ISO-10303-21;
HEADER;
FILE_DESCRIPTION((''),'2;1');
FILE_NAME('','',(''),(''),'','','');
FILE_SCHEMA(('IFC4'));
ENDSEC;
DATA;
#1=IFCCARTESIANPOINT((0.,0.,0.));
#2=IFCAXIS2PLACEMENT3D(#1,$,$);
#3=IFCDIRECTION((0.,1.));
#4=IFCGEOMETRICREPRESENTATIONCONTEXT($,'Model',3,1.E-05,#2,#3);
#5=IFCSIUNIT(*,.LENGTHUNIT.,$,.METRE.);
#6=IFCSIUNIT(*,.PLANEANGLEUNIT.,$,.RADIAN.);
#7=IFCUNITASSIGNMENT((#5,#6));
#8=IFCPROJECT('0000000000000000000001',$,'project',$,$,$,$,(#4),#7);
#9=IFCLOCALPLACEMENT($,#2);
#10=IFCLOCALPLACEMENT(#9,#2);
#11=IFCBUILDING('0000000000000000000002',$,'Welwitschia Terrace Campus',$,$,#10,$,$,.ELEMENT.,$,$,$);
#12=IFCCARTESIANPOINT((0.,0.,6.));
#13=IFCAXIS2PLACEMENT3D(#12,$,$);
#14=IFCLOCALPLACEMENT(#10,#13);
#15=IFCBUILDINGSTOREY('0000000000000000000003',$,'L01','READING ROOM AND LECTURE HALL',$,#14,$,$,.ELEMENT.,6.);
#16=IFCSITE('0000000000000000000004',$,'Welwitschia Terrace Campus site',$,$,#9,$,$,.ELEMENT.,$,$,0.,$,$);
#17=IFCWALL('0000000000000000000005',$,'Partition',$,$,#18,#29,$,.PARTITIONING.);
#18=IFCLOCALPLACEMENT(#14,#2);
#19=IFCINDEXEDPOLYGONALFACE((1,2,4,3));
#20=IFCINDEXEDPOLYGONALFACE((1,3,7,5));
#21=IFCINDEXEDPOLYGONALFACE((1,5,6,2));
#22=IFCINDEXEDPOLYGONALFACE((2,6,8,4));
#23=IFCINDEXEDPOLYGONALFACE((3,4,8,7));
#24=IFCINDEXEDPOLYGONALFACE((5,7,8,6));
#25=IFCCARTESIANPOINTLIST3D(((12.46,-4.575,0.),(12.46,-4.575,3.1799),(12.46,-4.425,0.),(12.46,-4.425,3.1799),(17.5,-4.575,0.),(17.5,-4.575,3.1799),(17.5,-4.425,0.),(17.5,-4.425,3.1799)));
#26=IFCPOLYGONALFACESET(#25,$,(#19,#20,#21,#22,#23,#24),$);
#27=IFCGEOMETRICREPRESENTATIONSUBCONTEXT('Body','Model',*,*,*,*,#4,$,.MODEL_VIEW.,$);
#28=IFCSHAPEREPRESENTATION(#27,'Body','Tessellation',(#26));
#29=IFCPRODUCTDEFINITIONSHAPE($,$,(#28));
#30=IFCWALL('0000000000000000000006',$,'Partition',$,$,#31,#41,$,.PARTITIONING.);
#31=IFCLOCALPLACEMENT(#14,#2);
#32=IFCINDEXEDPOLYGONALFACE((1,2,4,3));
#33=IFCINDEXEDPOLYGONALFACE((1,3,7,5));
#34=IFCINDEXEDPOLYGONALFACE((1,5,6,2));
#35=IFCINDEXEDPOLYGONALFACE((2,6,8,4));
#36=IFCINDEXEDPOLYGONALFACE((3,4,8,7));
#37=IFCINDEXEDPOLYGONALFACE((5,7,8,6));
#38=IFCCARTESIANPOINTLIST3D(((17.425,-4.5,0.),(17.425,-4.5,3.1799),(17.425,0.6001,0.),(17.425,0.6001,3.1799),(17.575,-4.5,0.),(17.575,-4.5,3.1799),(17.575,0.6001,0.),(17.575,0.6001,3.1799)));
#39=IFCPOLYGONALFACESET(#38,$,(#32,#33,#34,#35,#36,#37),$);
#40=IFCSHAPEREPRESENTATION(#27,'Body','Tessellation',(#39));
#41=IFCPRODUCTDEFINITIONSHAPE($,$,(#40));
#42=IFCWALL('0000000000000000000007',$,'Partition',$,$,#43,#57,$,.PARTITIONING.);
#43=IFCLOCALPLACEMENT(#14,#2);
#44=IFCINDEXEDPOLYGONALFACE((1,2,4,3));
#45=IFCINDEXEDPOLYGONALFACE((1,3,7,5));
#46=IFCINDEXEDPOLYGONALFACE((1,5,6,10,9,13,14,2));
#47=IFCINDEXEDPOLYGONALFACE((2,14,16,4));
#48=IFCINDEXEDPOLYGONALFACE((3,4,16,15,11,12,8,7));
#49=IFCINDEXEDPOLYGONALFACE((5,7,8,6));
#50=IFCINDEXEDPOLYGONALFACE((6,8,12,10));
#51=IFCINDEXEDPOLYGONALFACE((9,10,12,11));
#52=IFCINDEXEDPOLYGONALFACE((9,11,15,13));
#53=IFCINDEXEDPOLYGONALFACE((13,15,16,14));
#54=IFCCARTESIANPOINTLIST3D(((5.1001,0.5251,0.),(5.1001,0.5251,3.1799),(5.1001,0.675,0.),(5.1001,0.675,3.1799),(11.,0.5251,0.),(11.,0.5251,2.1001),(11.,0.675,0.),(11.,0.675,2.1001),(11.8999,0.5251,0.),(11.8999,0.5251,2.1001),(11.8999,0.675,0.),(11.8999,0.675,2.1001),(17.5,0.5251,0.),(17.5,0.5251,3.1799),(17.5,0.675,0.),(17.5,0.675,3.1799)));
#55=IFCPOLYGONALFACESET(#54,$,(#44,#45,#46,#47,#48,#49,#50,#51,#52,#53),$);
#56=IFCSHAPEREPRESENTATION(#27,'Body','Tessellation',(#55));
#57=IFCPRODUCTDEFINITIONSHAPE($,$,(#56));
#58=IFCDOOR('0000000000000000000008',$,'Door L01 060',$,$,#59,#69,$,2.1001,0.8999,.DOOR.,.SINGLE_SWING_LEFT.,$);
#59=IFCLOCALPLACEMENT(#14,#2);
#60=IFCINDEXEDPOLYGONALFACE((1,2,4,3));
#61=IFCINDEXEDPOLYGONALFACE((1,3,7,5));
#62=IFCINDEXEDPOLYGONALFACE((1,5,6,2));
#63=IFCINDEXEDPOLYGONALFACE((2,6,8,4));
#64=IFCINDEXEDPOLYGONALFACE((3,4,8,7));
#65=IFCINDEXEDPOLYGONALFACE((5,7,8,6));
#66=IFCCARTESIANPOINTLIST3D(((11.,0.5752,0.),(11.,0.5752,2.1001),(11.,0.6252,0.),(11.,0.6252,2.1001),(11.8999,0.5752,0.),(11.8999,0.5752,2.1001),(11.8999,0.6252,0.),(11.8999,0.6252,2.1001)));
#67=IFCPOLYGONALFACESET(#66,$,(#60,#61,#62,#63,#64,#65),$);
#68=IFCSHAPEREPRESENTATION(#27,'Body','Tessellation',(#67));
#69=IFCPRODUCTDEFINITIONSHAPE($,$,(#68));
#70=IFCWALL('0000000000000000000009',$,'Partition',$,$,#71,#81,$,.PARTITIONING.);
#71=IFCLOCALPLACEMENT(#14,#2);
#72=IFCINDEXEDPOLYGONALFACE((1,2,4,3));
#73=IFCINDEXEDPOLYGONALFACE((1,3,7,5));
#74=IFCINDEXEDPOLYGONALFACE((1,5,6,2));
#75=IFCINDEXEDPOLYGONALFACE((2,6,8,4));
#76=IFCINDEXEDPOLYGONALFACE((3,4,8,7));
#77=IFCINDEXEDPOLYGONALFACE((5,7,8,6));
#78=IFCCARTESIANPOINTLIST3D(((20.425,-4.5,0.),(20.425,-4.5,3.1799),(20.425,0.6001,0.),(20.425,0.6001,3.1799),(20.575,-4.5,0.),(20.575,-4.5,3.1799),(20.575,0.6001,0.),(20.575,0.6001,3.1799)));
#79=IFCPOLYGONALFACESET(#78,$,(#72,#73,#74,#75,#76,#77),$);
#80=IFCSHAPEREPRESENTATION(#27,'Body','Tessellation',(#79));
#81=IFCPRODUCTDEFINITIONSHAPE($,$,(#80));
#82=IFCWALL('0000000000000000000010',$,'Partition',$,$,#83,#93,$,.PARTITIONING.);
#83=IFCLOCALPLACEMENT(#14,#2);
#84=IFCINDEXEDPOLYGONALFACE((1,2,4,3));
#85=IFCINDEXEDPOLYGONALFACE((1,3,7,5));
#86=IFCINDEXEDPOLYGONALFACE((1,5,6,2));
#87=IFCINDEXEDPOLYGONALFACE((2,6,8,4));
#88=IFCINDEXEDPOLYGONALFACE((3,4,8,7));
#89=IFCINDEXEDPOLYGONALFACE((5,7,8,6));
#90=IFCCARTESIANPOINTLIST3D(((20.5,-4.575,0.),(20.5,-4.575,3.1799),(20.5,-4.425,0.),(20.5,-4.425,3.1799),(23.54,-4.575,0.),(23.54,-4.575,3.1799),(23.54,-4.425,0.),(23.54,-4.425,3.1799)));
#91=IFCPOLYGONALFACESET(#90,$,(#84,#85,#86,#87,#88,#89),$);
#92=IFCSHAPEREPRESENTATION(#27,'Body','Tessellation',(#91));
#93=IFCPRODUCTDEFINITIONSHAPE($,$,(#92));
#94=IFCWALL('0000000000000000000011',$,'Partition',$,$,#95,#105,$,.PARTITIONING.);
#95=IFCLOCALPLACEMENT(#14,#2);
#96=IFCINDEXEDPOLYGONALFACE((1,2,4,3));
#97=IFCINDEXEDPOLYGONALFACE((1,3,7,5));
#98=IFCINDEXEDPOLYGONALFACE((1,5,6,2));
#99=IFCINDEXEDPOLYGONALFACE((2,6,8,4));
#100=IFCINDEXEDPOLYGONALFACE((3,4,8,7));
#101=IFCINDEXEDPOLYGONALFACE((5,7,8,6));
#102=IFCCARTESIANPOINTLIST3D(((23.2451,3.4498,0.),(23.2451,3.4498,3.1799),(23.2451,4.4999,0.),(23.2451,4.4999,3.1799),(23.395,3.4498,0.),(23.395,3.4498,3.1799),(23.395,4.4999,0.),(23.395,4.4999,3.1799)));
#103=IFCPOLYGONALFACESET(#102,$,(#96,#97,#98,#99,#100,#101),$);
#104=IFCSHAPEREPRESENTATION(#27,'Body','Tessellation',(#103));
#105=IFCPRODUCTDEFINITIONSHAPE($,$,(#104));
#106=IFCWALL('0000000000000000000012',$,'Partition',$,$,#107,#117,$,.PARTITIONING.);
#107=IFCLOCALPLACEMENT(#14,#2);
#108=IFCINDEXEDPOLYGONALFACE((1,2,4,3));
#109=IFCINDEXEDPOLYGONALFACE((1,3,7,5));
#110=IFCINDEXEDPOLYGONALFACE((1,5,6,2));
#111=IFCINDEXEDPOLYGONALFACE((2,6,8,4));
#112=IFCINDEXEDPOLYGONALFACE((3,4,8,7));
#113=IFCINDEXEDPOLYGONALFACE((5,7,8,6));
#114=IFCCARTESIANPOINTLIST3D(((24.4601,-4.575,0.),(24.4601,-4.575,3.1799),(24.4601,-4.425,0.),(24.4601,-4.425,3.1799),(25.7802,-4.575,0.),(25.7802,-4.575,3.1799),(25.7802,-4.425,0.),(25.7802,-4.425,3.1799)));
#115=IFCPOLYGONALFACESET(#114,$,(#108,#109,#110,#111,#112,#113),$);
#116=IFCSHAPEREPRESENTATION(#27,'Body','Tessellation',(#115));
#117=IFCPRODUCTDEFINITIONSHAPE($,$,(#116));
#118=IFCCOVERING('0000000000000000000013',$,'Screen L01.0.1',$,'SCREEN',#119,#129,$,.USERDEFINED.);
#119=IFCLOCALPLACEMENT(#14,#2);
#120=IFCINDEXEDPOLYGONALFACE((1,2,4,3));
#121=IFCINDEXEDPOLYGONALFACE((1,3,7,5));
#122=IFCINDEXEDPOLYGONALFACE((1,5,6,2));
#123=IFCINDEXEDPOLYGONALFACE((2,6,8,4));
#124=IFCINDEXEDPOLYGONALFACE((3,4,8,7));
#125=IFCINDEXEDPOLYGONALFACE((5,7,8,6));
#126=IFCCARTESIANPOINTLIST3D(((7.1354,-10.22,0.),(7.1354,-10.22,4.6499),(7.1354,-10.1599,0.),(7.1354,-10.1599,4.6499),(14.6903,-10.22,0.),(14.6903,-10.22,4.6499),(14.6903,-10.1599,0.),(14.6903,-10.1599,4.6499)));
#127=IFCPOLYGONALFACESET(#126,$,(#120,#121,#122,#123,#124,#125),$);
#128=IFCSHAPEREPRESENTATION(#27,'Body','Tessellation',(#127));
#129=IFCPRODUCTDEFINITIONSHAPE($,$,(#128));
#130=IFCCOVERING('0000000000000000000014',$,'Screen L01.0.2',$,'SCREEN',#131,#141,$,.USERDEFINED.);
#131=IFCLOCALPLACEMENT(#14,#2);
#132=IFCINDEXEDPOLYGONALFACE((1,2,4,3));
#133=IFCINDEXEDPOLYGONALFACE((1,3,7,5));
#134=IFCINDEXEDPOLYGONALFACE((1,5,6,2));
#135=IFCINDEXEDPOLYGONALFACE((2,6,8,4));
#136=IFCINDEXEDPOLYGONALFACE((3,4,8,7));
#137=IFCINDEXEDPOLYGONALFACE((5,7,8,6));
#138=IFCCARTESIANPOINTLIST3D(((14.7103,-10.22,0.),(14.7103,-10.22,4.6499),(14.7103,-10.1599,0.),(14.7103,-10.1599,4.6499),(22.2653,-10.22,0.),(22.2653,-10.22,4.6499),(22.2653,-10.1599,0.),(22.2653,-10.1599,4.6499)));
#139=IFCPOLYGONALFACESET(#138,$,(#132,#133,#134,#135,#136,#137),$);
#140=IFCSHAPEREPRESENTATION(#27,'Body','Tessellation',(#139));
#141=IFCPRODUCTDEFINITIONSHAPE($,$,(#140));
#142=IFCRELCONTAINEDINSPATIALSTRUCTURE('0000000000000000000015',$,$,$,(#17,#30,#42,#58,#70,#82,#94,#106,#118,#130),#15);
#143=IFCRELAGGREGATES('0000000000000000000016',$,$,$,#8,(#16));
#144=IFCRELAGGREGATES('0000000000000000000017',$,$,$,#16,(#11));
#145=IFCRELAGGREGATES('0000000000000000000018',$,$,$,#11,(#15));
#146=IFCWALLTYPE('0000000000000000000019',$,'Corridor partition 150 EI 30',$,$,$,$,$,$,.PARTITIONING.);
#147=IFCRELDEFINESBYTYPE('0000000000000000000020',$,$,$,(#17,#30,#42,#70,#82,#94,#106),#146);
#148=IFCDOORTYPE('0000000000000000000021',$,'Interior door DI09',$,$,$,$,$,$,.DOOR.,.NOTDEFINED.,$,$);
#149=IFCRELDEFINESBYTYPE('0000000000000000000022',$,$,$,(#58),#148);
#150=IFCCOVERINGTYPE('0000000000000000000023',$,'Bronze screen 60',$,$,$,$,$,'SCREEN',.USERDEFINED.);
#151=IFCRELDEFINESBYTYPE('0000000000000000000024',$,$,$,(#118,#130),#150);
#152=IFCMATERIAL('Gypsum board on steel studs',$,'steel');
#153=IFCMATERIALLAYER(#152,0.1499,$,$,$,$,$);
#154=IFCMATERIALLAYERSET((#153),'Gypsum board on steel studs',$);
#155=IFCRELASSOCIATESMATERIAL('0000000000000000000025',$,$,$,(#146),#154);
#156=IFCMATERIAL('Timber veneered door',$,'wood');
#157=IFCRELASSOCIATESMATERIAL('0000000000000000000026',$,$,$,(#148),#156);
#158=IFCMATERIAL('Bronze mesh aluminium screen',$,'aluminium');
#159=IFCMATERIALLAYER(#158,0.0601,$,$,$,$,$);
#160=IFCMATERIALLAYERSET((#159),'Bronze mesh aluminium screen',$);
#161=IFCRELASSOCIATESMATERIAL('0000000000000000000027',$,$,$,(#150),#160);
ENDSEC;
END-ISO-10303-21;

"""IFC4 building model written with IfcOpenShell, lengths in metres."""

from ifc_helpers import new_model, si_unit, direction, frame, frame_2d, origin, origin_2d, place, context, subcontext, project, spatial, rectangle, extrude, material, layer, layer_set, type_object, element, fill, save


model = new_model("IFC4")

# Units and contexts
model_context = context("Model", 3, precision=1e-05, world=origin(), true_north=direction((0.0, 1.0)))
body_context = subcontext(model_context, "Body", "Model", "MODEL_VIEW")
ifc_project = project(units=[si_unit("LENGTHUNIT", "METRE"), si_unit("PLANEANGLEUNIT", "RADIAN")], contexts=[model_context])

# Site, building, storey
site_placement = place(None, origin())
site = spatial("IfcSite", under=ifc_project, at=site_placement, Name="Welwitschia Terrace Campus site", CompositionType="ELEMENT", RefElevation=0.0)
building_placement = place(site_placement, origin())
building = spatial("IfcBuilding", under=site, at=building_placement, Name="Welwitschia Terrace Campus", CompositionType="ELEMENT")
storey_placement = place(building_placement, frame((0.0, 0.0, 6.0)))
storey = spatial("IfcBuildingStorey", under=building, at=storey_placement, Name="L01", Description="READING ROOM AND LECTURE HALL", CompositionType="ELEMENT", Elevation=6.0)

# Walls
ifc_material_1 = material(Name="Gypsum board on steel studs", Category="steel")
ifc_layer_1 = layer(ifc_material_1, 0.1499)
ifc_layer_set_1 = layer_set([ifc_layer_1], Name="Gypsum board on steel studs")
wall_type = type_object("IfcWallType", Name="Corridor partition 150 EI 30", PredefinedType="PARTITIONING", material=ifc_layer_set_1)
wall_1_placement = place(storey_placement, frame((12.46, -4.5, 0.0), z_axis=(0.0, 0.0, 1.0), x_axis=(1.0, 0.0, 0.0)))
element("IfcWall", 1, at=wall_1_placement, inside=storey, type_object=wall_type, Name="Partition", PredefinedType="PARTITIONING", context=body_context, shape_type="SweptSolid", body=[
    extrude(rectangle(XDim=5.04, YDim=0.1499, at=frame_2d((2.52, 0.0))), origin(), (0.0, 0.0, 1.0), 3.1799),
])
wall_2_placement = place(storey_placement, frame((17.5, -4.5, 0.0), z_axis=(0.0, 0.0, 1.0), x_axis=(0.0, 1.0, 0.0)))
element("IfcWall", 2, at=wall_2_placement, inside=storey, type_object=wall_type, Name="Partition", PredefinedType="PARTITIONING", context=body_context, shape_type="SweptSolid", body=[
    extrude(rectangle(XDim=5.1001, YDim=0.1499, at=frame_2d((2.55, 0.0))), origin(), (0.0, 0.0, 1.0), 3.1799),
])

# Wall, opening, door
wall_3_placement = place(storey_placement, frame((17.5, 0.6001, 0.0), z_axis=(0.0, 0.0, 1.0), x_axis=(-1.0, 0.0, 0.0)))
wall_3 = element("IfcWall", 3, at=wall_3_placement, inside=storey, type_object=wall_type, Name="Partition", PredefinedType="PARTITIONING", context=body_context, shape_type="SweptSolid", body=[
    extrude(rectangle(XDim=12.3999, YDim=0.1499, at=frame_2d((6.2, 0.0))), origin(), (0.0, 0.0, 1.0), 3.1799),
])
opening_placement = place(wall_3_placement, frame((5.6001, 0.0, 0.0)))
opening = element("IfcOpeningElement", 4, at=opening_placement, cuts=wall_3, PredefinedType="OPENING", context=body_context, shape_type="SweptSolid", body=[
    extrude(rectangle(XDim=0.8999, YDim=2.1001, at=frame_2d((0.45, 1.05))), frame((0.0, 0.085, 0.0), z_axis=(0.0, -1.0, 0.0), x_axis=(1.0, 0.0, 0.0)), (0.0, 0.0, 1.0), 0.1699),
])
ifc_material_2 = material(Name="Timber veneered door", Category="wood")
door_type = type_object("IfcDoorType", Name="Interior door DI09", OperationType="NOTDEFINED", PredefinedType="DOOR", material=ifc_material_2)
door_placement = place(opening_placement, origin())
door = element("IfcDoor", 5, at=door_placement, inside=storey, type_object=door_type, Name="Door L01 060", OperationType="SINGLE_SWING_LEFT", OverallHeight=2.1001, OverallWidth=0.8999, PredefinedType="DOOR", context=body_context, shape_type="SweptSolid", body=[
    extrude(rectangle(XDim=0.8999, YDim=2.1001, at=frame_2d((0.45, 1.05))), frame((0.0, 0.0249, 0.0), z_axis=(0.0, -1.0, 0.0), x_axis=(1.0, 0.0, 0.0)), (0.0, 0.0, 1.0), 0.05),
])
fill(opening, door)

# Walls
wall_4_placement = place(storey_placement, frame((20.5, -4.5, 0.0), z_axis=(0.0, 0.0, 1.0), x_axis=(0.0, 1.0, 0.0)))
element("IfcWall", 6, at=wall_4_placement, inside=storey, type_object=wall_type, Name="Partition", PredefinedType="PARTITIONING", context=body_context, shape_type="SweptSolid", body=[
    extrude(rectangle(XDim=5.1001, YDim=0.1499, at=frame_2d((2.55, 0.0))), origin(), (0.0, 0.0, 1.0), 3.1799),
])
wall_5_placement = place(storey_placement, frame((20.5, -4.5, 0.0), z_axis=(0.0, 0.0, 1.0), x_axis=(1.0, 0.0, 0.0)))
element("IfcWall", 7, at=wall_5_placement, inside=storey, type_object=wall_type, Name="Partition", PredefinedType="PARTITIONING", context=body_context, shape_type="SweptSolid", body=[
    extrude(rectangle(XDim=3.04, YDim=0.1499, at=frame_2d((1.52, 0.0))), origin(), (0.0, 0.0, 1.0), 3.1799),
])
wall_6_placement = place(storey_placement, frame((23.3201, 3.45, 0.0), z_axis=(0.0, 0.0, 1.0), x_axis=(0.0, 1.0, 0.0)))
element("IfcWall", 8, at=wall_6_placement, inside=storey, type_object=wall_type, Name="Partition", PredefinedType="PARTITIONING", context=body_context, shape_type="SweptSolid", body=[
    extrude(rectangle(XDim=1.05, YDim=0.1499, at=frame_2d((0.5249, 0.0))), origin(), (0.0, 0.0, 1.0), 3.1799),
])
wall_7_placement = place(storey_placement, frame((24.46, -4.5, 0.0), z_axis=(0.0, 0.0, 1.0), x_axis=(1.0, 0.0, 0.0)))
element("IfcWall", 9, at=wall_7_placement, inside=storey, type_object=wall_type, Name="Partition", PredefinedType="PARTITIONING", context=body_context, shape_type="SweptSolid", body=[
    extrude(rectangle(XDim=1.3201, YDim=0.1499, at=frame_2d((0.6602, 0.0))), origin(), (0.0, 0.0, 1.0), 3.1799),
])

# Coverings
ifc_material_3 = material(Name="Bronze mesh aluminium screen", Category="aluminium")
ifc_layer_2 = layer(ifc_material_3, 0.0601)
ifc_layer_set_2 = layer_set([ifc_layer_2], Name="Bronze mesh aluminium screen")
covering_type = type_object("IfcCoveringType", Name="Bronze screen 60", ElementType="SCREEN", PredefinedType="USERDEFINED", material=ifc_layer_set_2)
for number, where, z_axis, x_axis, name in (
    (10, (10.9128, -10.1899, 0.0), (0.0, 0.0, 1.0), (1.0, 0.0, 0.0), "Screen L01.0.1"),
    (11, (18.4878, -10.1899, 0.0), (0.0, 0.0, 1.0), (1.0, 0.0, 0.0), "Screen L01.0.2"),
):
    element("IfcCovering", number, at=place(storey_placement, frame(where, z_axis=z_axis, x_axis=x_axis)), inside=storey, type_object=covering_type, Name=name, ObjectType="SCREEN", PredefinedType="USERDEFINED", context=body_context, shape_type="SweptSolid", body=[
        extrude(rectangle(XDim=7.5549, YDim=0.0601, at=origin_2d()), origin(), (0.0, 0.0, 1.0), 4.6499),
    ])

save(model, "model.ifc")
